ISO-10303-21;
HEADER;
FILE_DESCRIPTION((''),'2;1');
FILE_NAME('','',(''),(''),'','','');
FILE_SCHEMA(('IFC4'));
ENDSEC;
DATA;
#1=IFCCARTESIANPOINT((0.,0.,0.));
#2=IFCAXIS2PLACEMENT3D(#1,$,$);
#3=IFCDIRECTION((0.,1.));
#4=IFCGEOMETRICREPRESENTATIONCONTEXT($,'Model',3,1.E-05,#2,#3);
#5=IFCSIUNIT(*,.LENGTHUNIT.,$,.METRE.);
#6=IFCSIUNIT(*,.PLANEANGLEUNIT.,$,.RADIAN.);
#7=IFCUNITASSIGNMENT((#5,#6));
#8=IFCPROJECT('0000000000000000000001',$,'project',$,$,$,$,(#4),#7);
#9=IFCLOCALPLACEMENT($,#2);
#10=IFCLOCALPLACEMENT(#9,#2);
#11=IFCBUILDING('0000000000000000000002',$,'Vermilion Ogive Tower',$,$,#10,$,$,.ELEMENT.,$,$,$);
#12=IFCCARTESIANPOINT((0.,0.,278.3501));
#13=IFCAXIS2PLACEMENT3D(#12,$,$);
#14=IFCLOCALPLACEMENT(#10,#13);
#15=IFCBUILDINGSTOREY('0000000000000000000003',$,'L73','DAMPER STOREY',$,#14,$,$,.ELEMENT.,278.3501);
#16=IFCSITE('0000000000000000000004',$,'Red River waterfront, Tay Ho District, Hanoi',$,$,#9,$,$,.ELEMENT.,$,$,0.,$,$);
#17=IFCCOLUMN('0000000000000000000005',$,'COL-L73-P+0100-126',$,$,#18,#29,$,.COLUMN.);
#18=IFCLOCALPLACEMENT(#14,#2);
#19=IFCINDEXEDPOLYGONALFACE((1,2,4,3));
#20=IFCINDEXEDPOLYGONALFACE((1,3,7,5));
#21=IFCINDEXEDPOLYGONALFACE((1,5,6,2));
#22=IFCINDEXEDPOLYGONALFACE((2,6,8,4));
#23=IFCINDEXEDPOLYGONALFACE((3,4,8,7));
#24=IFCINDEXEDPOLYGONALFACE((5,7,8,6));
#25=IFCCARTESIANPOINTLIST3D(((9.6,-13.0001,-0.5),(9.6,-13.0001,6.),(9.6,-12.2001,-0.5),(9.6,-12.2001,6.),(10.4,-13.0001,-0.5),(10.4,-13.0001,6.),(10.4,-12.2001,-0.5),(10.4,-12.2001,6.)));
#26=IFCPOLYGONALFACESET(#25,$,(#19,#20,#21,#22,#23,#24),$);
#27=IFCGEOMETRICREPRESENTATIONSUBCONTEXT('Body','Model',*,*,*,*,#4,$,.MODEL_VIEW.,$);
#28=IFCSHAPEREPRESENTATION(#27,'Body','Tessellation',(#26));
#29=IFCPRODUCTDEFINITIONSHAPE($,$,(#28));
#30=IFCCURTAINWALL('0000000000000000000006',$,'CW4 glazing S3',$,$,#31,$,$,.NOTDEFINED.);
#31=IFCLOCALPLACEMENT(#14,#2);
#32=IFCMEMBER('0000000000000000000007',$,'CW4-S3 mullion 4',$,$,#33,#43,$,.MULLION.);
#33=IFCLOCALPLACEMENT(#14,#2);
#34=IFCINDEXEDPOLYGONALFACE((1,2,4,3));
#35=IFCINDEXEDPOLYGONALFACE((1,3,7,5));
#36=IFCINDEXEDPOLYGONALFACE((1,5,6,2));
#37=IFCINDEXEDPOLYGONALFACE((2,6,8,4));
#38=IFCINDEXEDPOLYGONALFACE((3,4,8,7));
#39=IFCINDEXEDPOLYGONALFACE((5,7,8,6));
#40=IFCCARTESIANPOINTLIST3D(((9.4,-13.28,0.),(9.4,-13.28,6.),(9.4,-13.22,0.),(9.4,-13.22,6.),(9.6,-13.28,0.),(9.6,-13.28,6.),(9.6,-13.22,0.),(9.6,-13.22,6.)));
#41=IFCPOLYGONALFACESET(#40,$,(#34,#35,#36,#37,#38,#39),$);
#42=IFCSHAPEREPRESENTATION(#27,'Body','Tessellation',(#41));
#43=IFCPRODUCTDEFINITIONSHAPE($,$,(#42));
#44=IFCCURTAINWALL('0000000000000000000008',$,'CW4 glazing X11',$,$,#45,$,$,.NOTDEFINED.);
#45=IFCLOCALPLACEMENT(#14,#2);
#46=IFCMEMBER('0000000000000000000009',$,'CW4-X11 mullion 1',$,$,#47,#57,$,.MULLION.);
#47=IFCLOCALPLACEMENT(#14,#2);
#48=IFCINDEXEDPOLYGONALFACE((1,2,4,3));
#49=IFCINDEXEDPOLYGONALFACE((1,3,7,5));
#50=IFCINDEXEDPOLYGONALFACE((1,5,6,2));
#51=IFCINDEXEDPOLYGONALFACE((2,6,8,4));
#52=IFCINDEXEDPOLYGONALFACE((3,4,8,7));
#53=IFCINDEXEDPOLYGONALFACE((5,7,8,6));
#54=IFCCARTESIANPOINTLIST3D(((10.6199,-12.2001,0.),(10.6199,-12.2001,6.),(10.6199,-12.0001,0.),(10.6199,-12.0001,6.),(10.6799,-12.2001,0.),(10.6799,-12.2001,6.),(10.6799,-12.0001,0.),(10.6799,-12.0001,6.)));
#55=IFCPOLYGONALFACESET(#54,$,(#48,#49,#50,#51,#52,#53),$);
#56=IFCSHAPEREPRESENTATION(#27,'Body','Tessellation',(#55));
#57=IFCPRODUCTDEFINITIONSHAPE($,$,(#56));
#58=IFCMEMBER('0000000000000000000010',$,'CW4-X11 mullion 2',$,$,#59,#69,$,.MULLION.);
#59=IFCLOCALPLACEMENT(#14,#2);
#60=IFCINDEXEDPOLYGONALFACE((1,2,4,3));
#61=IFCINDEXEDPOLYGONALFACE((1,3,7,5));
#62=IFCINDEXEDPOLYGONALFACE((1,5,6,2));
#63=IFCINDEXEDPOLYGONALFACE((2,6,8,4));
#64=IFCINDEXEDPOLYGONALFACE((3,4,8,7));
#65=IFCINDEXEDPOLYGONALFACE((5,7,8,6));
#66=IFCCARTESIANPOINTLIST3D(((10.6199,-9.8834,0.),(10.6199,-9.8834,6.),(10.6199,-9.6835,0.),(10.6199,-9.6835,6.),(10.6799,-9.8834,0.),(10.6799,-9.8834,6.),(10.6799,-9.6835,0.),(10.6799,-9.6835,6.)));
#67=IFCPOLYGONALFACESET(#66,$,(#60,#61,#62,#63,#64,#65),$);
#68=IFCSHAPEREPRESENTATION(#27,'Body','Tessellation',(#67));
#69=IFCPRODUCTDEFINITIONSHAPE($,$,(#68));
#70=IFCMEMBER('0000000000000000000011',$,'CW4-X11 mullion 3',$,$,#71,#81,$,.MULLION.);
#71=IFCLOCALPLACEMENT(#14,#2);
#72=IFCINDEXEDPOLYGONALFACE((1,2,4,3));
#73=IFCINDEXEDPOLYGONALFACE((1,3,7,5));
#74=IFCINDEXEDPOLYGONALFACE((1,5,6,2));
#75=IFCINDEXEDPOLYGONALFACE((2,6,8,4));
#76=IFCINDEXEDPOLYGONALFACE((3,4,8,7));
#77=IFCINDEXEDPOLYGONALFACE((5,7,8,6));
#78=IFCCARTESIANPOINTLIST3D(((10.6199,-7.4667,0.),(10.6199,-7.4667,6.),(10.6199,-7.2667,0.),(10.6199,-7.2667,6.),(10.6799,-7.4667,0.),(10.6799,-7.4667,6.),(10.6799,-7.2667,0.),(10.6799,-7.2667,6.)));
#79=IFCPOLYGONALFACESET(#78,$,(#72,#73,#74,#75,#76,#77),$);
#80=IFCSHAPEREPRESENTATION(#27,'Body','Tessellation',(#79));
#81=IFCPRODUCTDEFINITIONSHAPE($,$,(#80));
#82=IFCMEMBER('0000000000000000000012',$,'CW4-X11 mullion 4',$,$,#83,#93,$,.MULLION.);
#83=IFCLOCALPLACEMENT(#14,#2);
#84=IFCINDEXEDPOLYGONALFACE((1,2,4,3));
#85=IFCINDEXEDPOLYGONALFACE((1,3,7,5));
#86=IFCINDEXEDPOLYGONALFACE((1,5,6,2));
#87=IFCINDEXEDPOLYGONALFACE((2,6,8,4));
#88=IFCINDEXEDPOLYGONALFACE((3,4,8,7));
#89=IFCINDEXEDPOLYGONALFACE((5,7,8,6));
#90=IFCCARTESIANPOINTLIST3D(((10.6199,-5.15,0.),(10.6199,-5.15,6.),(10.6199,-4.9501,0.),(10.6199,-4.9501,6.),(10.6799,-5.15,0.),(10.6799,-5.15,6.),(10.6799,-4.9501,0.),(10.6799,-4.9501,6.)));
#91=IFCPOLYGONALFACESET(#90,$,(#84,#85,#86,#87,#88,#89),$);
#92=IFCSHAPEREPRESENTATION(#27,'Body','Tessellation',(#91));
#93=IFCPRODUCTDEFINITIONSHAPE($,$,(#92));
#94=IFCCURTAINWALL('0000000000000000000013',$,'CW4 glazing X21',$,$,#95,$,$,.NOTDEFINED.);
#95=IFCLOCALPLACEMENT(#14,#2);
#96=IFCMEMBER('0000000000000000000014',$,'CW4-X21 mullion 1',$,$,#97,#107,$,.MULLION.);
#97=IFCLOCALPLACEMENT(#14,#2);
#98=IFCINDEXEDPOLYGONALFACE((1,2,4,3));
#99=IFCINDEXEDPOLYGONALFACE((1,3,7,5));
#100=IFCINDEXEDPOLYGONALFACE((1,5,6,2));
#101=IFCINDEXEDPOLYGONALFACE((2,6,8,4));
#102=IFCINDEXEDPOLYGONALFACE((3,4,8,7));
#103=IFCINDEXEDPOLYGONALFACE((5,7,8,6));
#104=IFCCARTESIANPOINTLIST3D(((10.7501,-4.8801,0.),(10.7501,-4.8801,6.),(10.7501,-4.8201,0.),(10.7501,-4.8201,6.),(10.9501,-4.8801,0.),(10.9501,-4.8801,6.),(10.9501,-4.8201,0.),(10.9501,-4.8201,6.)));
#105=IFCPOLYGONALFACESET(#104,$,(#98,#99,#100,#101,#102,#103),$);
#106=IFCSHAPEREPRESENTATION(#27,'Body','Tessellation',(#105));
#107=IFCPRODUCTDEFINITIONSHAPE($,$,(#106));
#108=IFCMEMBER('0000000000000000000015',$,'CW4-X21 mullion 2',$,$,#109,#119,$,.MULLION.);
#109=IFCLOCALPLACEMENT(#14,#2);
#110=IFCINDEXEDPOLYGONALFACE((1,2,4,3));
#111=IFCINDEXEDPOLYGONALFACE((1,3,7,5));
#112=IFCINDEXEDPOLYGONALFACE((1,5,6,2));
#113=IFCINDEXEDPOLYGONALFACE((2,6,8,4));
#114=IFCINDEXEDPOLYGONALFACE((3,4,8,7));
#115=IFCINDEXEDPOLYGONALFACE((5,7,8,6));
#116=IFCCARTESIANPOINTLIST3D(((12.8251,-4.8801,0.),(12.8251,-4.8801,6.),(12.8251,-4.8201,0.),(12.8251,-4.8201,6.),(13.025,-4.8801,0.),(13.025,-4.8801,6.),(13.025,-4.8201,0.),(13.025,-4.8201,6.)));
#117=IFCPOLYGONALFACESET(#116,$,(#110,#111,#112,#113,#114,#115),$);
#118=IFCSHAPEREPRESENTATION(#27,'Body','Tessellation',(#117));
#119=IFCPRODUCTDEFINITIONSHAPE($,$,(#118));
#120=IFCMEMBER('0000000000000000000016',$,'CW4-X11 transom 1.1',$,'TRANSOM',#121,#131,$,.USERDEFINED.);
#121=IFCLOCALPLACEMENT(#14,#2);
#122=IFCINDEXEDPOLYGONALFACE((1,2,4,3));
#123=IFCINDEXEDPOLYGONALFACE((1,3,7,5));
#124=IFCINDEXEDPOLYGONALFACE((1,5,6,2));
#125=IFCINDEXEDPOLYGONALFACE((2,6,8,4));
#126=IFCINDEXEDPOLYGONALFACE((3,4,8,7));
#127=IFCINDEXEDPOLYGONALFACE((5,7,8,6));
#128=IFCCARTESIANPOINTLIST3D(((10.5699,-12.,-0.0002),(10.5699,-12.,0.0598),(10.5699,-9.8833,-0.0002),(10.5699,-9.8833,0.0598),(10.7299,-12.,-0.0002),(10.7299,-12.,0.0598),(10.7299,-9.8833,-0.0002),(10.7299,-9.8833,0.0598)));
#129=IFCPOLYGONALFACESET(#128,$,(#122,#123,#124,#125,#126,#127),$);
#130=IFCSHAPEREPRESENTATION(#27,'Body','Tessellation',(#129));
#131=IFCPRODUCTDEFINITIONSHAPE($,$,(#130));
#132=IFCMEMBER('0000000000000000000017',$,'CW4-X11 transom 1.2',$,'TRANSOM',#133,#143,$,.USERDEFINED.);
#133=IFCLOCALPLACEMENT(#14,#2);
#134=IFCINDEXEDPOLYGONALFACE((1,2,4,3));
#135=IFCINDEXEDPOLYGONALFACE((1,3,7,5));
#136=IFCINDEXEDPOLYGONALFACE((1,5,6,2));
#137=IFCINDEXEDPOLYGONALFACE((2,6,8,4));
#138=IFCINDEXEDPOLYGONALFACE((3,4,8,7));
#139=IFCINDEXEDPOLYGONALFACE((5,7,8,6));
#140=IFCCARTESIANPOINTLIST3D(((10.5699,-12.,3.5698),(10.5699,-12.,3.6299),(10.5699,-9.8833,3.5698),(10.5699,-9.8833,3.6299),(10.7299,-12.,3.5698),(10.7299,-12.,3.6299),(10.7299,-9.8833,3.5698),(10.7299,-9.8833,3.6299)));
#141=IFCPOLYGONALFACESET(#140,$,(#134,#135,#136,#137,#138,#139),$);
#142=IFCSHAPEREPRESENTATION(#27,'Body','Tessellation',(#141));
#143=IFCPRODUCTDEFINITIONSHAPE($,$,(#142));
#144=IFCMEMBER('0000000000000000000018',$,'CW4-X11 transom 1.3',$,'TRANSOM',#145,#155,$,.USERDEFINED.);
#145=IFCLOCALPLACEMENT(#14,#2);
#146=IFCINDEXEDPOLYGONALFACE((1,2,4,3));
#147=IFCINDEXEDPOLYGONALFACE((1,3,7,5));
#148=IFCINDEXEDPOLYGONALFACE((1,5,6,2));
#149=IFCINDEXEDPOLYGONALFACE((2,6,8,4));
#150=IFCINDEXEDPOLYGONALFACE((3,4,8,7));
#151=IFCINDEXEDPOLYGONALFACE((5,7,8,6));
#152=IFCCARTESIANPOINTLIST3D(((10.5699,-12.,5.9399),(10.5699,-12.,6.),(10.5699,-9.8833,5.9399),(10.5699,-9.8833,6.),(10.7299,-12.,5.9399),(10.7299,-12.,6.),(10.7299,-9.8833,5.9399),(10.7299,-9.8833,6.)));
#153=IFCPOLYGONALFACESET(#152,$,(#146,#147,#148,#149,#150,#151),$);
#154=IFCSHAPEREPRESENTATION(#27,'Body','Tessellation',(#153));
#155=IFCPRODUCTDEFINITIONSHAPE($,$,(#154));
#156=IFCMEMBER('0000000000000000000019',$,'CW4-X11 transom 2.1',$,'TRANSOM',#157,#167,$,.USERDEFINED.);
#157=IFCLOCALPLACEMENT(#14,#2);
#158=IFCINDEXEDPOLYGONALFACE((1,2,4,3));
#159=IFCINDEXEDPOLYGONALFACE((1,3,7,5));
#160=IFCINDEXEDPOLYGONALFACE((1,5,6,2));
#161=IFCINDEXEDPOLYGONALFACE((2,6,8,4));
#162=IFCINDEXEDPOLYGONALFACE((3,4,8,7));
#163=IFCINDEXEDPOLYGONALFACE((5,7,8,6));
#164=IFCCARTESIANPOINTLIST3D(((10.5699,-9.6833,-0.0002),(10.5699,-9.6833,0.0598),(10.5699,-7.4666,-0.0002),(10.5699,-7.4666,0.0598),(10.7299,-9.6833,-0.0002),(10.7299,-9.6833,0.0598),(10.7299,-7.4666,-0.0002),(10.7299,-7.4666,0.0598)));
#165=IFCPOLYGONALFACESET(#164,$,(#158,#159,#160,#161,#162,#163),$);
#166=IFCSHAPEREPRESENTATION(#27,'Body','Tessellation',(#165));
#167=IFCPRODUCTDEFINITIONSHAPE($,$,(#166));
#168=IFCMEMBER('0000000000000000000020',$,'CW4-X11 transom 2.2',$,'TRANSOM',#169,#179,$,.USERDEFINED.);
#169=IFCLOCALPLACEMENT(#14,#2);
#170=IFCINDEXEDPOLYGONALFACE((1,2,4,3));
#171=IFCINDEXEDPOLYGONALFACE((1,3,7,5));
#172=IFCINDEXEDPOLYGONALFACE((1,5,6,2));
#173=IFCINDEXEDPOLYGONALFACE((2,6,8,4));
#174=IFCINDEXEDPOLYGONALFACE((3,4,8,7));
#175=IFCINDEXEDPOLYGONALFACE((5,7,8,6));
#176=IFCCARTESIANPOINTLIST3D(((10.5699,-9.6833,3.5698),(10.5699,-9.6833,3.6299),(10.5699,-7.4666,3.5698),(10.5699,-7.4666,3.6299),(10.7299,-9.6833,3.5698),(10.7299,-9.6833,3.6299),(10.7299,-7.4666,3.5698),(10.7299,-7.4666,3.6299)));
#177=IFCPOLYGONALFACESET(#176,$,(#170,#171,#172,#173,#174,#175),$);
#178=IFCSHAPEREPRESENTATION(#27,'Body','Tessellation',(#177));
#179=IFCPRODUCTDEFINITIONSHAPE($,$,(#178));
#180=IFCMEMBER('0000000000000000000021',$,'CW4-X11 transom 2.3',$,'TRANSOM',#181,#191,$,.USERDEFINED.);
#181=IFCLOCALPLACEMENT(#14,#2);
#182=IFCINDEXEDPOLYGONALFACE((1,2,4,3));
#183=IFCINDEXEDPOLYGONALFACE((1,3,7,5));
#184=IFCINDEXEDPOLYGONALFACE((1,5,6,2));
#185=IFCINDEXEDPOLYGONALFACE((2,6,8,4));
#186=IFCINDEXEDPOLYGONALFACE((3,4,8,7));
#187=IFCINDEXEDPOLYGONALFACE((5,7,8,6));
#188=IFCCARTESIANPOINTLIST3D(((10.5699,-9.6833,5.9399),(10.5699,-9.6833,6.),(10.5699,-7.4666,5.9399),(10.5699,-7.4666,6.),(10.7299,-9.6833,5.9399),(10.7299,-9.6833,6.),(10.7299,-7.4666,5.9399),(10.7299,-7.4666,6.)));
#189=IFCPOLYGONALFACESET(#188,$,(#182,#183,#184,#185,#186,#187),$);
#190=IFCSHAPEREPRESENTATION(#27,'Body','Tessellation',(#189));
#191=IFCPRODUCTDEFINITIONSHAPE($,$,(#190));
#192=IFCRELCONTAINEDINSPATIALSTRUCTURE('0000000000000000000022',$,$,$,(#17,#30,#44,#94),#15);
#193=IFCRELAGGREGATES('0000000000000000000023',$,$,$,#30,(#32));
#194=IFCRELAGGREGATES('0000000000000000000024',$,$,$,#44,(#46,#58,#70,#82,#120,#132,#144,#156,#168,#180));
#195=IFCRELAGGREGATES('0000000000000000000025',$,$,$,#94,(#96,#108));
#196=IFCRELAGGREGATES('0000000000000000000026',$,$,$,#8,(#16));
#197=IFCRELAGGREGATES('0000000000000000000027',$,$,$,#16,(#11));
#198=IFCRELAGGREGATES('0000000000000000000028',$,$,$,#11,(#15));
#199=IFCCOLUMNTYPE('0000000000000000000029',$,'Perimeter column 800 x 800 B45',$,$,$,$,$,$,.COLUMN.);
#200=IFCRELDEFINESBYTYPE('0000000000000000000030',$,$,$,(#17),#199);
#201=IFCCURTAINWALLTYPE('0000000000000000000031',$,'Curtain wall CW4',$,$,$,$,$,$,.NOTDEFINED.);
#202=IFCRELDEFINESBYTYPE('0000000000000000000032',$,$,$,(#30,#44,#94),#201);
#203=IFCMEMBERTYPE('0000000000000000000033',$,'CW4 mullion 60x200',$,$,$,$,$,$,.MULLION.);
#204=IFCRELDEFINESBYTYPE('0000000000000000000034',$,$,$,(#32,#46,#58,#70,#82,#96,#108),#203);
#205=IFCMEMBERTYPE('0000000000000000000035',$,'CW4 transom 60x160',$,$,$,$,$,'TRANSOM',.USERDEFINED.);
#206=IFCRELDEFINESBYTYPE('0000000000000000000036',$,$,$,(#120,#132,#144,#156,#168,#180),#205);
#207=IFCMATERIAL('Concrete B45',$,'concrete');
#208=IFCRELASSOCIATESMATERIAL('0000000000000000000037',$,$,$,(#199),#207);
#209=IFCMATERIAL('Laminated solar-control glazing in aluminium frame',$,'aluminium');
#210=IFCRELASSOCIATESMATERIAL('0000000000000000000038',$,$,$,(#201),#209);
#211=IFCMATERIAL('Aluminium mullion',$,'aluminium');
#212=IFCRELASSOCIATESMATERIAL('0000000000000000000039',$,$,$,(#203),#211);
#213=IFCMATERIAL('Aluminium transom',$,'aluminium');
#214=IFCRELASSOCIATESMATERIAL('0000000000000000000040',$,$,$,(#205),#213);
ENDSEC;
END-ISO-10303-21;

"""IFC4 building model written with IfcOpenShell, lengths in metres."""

from ifc_helpers import new_model, si_unit, direction, frame, origin, origin_2d, place, context, subcontext, project, spatial, rectangle, extrude, material, material_profile, profile_set, type_object, element, aggregate, save


model = new_model("IFC4")

# Units and contexts
model_context = context("Model", 3, precision=1e-05, world=origin(), true_north=direction((0.0, 1.0)))
body_context = subcontext(model_context, "Body", "Model", "MODEL_VIEW")
ifc_project = project(units=[si_unit("LENGTHUNIT", "METRE"), si_unit("PLANEANGLEUNIT", "RADIAN")], contexts=[model_context])

# Site, building, storey
site_placement = place(None, origin())
site = spatial("IfcSite", under=ifc_project, at=site_placement, Name="Red River waterfront, Tay Ho District, Hanoi", CompositionType="ELEMENT", RefElevation=0.0)
building_placement = place(site_placement, origin())
building = spatial("IfcBuilding", under=site, at=building_placement, Name="Vermilion Ogive Tower", CompositionType="ELEMENT")
storey_placement = place(building_placement, frame((0.0, 0.0, 278.3501)))
storey = spatial("IfcBuildingStorey", under=building, at=storey_placement, Name="L73", Description="DAMPER STOREY", CompositionType="ELEMENT", Elevation=278.3501)

# Column
ifc_material_1 = material(Name="Concrete B45", Category="concrete")
ifc_material_profile_1 = material_profile(ifc_material_1, rectangle(XDim=0.8, YDim=0.8, at=origin_2d()), Name="800 x 800")
ifc_profile_set_1 = profile_set([ifc_material_profile_1], Name="Concrete B45")
column_type = type_object("IfcColumnType", Name="Perimeter column 800 x 800 B45", PredefinedType="COLUMN", material=ifc_profile_set_1)
column_placement = place(storey_placement, frame((10.0, -12.6001, -0.5), z_axis=(0.0, 0.0, 1.0), x_axis=(1.0, 0.0, 0.0)))
element("IfcColumn", 1, at=column_placement, inside=storey, type_object=column_type, Name="COL-L73-P+0100-126", PredefinedType="COLUMN", context=body_context, shape_type="SweptSolid", body=[
    extrude(rectangle(XDim=0.8, YDim=0.8, at=origin_2d()), origin(), (0.0, 0.0, 1.0), 6.5),
])

# Curtain wall, member
ifc_material_2 = material(Name="Laminated solar-control glazing in aluminium frame", Category="aluminium")
curtain_wall_type = type_object("IfcCurtainWallType", Name="Curtain wall CW4", PredefinedType="NOTDEFINED", material=ifc_material_2)
curtain_wall_1_placement = place(storey_placement, origin())
curtain_wall_1 = element("IfcCurtainWall", 2, at=curtain_wall_1_placement, inside=storey, type_object=curtain_wall_type, Name="CW4 glazing S3", PredefinedType="NOTDEFINED")
ifc_material_3 = material(Name="Aluminium mullion", Category="aluminium")
ifc_material_profile_2 = material_profile(ifc_material_3, rectangle(XDim=0.0601, YDim=0.2, at=origin_2d()), Name="AL 60x200")
ifc_profile_set_2 = profile_set([ifc_material_profile_2], Name="Aluminium mullion")
member_type_1 = type_object("IfcMemberType", Name="CW4 mullion 60x200", PredefinedType="MULLION", material=ifc_profile_set_2)
member_1_placement = place(storey_placement, frame((9.5, -13.25, 0.0), z_axis=(0.0, 0.0, 1.0), x_axis=(0.0, 1.0, 0.0)))
member_1 = element("IfcMember", 3, at=member_1_placement, type_object=member_type_1, Name="CW4-S3 mullion 4", PredefinedType="MULLION", context=body_context, shape_type="SweptSolid", body=[
    extrude(rectangle(XDim=0.0601, YDim=0.2, at=origin_2d()), origin(), (0.0, 0.0, 1.0), 6.0),
])
aggregate(curtain_wall_1, [member_1])

# Curtain walls, members
curtain_wall_2_placement = place(storey_placement, origin())
curtain_wall_2 = element("IfcCurtainWall", 4, at=curtain_wall_2_placement, inside=storey, type_object=curtain_wall_type, Name="CW4 glazing X11", PredefinedType="NOTDEFINED")
member_2_placement = place(storey_placement, frame((10.6499, -12.1001, 0.0), z_axis=(0.0, 0.0, 1.0), x_axis=(-1.0, 0.0, 0.0)))
member_2 = element("IfcMember", 5, at=member_2_placement, type_object=member_type_1, Name="CW4-X11 mullion 1", PredefinedType="MULLION", context=body_context, shape_type="SweptSolid", body=[
    extrude(rectangle(XDim=0.0601, YDim=0.2, at=origin_2d()), origin(), (0.0, 0.0, 1.0), 6.0),
])
member_3_placement = place(storey_placement, frame((10.6499, -9.7834, 0.0), z_axis=(0.0, 0.0, 1.0), x_axis=(-1.0, 0.0, 0.0)))
member_3 = element("IfcMember", 6, at=member_3_placement, type_object=member_type_1, Name="CW4-X11 mullion 2", PredefinedType="MULLION", context=body_context, shape_type="SweptSolid", body=[
    extrude(rectangle(XDim=0.0601, YDim=0.2, at=origin_2d()), origin(), (0.0, 0.0, 1.0), 6.0),
])
member_4_placement = place(storey_placement, frame((10.6499, -7.3667, 0.0), z_axis=(0.0, 0.0, 1.0), x_axis=(-1.0, 0.0, 0.0)))
member_4 = element("IfcMember", 7, at=member_4_placement, type_object=member_type_1, Name="CW4-X11 mullion 3", PredefinedType="MULLION", context=body_context, shape_type="SweptSolid", body=[
    extrude(rectangle(XDim=0.0601, YDim=0.2, at=origin_2d()), origin(), (0.0, 0.0, 1.0), 6.0),
])
member_5_placement = place(storey_placement, frame((10.6499, -5.05, 0.0), z_axis=(0.0, 0.0, 1.0), x_axis=(-1.0, 0.0, 0.0)))
member_5 = element("IfcMember", 8, at=member_5_placement, type_object=member_type_1, Name="CW4-X11 mullion 4", PredefinedType="MULLION", context=body_context, shape_type="SweptSolid", body=[
    extrude(rectangle(XDim=0.0601, YDim=0.2, at=origin_2d()), origin(), (0.0, 0.0, 1.0), 6.0),
])
curtain_wall_3_placement = place(storey_placement, origin())
curtain_wall_3 = element("IfcCurtainWall", 9, at=curtain_wall_3_placement, inside=storey, type_object=curtain_wall_type, Name="CW4 glazing X21", PredefinedType="NOTDEFINED")
member_6_placement = place(storey_placement, frame((10.8501, -4.8501, 0.0), z_axis=(0.0, 0.0, 1.0), x_axis=(0.0, 1.0, 0.0)))
member_6 = element("IfcMember", 10, at=member_6_placement, type_object=member_type_1, Name="CW4-X21 mullion 1", PredefinedType="MULLION", context=body_context, shape_type="SweptSolid", body=[
    extrude(rectangle(XDim=0.0601, YDim=0.2, at=origin_2d()), origin(), (0.0, 0.0, 1.0), 6.0),
])
member_7_placement = place(storey_placement, frame((12.925, -4.8501, 0.0), z_axis=(0.0, 0.0, 1.0), x_axis=(0.0, 1.0, 0.0)))
member_7 = element("IfcMember", 11, at=member_7_placement, type_object=member_type_1, Name="CW4-X21 mullion 2", PredefinedType="MULLION", context=body_context, shape_type="SweptSolid", body=[
    extrude(rectangle(XDim=0.0601, YDim=0.2, at=origin_2d()), origin(), (0.0, 0.0, 1.0), 6.0),
])

# Members
ifc_material_4 = material(Name="Aluminium transom", Category="aluminium")
ifc_material_profile_3 = material_profile(ifc_material_4, rectangle(XDim=0.1599, YDim=0.0601, at=origin_2d()), Name="AL 60x160")
ifc_profile_set_3 = profile_set([ifc_material_profile_3], Name="Aluminium transom")
member_type_2 = type_object("IfcMemberType", Name="CW4 transom 60x160", ElementType="TRANSOM", PredefinedType="USERDEFINED", material=ifc_profile_set_3)
member_8_placement = place(storey_placement, frame((10.6499, -12.0, 0.0298), z_axis=(0.0, 1.0, 0.0), x_axis=(-1.0, 0.0, 0.0)))
member_8 = element("IfcMember", 12, at=member_8_placement, type_object=member_type_2, Name="CW4-X11 transom 1.1", ObjectType="TRANSOM", PredefinedType="USERDEFINED", context=body_context, shape_type="SweptSolid", body=[
    extrude(rectangle(XDim=0.1599, YDim=0.0601, at=origin_2d()), origin(), (0.0, 0.0, 1.0), 2.1167),
])
member_9_placement = place(storey_placement, frame((10.6499, -12.0, 3.5999), z_axis=(0.0, 1.0, 0.0), x_axis=(-1.0, 0.0, 0.0)))
member_9 = element("IfcMember", 13, at=member_9_placement, type_object=member_type_2, Name="CW4-X11 transom 1.2", ObjectType="TRANSOM", PredefinedType="USERDEFINED", context=body_context, shape_type="SweptSolid", body=[
    extrude(rectangle(XDim=0.1599, YDim=0.0601, at=origin_2d()), origin(), (0.0, 0.0, 1.0), 2.1167),
])
member_10_placement = place(storey_placement, frame((10.6499, -12.0, 5.97), z_axis=(0.0, 1.0, 0.0), x_axis=(-1.0, 0.0, 0.0)))
member_10 = element("IfcMember", 14, at=member_10_placement, type_object=member_type_2, Name="CW4-X11 transom 1.3", ObjectType="TRANSOM", PredefinedType="USERDEFINED", context=body_context, shape_type="SweptSolid", body=[
    extrude(rectangle(XDim=0.1599, YDim=0.0601, at=origin_2d()), origin(), (0.0, 0.0, 1.0), 2.1167),
])
member_11_placement = place(storey_placement, frame((10.6499, -9.6833, 0.0298), z_axis=(0.0, 1.0, 0.0), x_axis=(-1.0, 0.0, 0.0)))
member_11 = element("IfcMember", 15, at=member_11_placement, type_object=member_type_2, Name="CW4-X11 transom 2.1", ObjectType="TRANSOM", PredefinedType="USERDEFINED", context=body_context, shape_type="SweptSolid", body=[
    extrude(rectangle(XDim=0.1599, YDim=0.0601, at=origin_2d()), origin(), (0.0, 0.0, 1.0), 2.2168),
])
member_12_placement = place(storey_placement, frame((10.6499, -9.6833, 3.5999), z_axis=(0.0, 1.0, 0.0), x_axis=(-1.0, 0.0, 0.0)))
member_12 = element("IfcMember", 16, at=member_12_placement, type_object=member_type_2, Name="CW4-X11 transom 2.2", ObjectType="TRANSOM", PredefinedType="USERDEFINED", context=body_context, shape_type="SweptSolid", body=[
    extrude(rectangle(XDim=0.1599, YDim=0.0601, at=origin_2d()), origin(), (0.0, 0.0, 1.0), 2.2168),
])
member_13_placement = place(storey_placement, frame((10.6499, -9.6833, 5.97), z_axis=(0.0, 1.0, 0.0), x_axis=(-1.0, 0.0, 0.0)))
member_13 = element("IfcMember", 17, at=member_13_placement, type_object=member_type_2, Name="CW4-X11 transom 2.3", ObjectType="TRANSOM", PredefinedType="USERDEFINED", context=body_context, shape_type="SweptSolid", body=[
    extrude(rectangle(XDim=0.1599, YDim=0.0601, at=origin_2d()), origin(), (0.0, 0.0, 1.0), 2.2168),
])

aggregate(curtain_wall_2, [member_2, member_3, member_4, member_5, member_8, member_9, member_10, member_11, member_12, member_13])
aggregate(curtain_wall_3, [member_6, member_7])

save(model, "model.ifc")
